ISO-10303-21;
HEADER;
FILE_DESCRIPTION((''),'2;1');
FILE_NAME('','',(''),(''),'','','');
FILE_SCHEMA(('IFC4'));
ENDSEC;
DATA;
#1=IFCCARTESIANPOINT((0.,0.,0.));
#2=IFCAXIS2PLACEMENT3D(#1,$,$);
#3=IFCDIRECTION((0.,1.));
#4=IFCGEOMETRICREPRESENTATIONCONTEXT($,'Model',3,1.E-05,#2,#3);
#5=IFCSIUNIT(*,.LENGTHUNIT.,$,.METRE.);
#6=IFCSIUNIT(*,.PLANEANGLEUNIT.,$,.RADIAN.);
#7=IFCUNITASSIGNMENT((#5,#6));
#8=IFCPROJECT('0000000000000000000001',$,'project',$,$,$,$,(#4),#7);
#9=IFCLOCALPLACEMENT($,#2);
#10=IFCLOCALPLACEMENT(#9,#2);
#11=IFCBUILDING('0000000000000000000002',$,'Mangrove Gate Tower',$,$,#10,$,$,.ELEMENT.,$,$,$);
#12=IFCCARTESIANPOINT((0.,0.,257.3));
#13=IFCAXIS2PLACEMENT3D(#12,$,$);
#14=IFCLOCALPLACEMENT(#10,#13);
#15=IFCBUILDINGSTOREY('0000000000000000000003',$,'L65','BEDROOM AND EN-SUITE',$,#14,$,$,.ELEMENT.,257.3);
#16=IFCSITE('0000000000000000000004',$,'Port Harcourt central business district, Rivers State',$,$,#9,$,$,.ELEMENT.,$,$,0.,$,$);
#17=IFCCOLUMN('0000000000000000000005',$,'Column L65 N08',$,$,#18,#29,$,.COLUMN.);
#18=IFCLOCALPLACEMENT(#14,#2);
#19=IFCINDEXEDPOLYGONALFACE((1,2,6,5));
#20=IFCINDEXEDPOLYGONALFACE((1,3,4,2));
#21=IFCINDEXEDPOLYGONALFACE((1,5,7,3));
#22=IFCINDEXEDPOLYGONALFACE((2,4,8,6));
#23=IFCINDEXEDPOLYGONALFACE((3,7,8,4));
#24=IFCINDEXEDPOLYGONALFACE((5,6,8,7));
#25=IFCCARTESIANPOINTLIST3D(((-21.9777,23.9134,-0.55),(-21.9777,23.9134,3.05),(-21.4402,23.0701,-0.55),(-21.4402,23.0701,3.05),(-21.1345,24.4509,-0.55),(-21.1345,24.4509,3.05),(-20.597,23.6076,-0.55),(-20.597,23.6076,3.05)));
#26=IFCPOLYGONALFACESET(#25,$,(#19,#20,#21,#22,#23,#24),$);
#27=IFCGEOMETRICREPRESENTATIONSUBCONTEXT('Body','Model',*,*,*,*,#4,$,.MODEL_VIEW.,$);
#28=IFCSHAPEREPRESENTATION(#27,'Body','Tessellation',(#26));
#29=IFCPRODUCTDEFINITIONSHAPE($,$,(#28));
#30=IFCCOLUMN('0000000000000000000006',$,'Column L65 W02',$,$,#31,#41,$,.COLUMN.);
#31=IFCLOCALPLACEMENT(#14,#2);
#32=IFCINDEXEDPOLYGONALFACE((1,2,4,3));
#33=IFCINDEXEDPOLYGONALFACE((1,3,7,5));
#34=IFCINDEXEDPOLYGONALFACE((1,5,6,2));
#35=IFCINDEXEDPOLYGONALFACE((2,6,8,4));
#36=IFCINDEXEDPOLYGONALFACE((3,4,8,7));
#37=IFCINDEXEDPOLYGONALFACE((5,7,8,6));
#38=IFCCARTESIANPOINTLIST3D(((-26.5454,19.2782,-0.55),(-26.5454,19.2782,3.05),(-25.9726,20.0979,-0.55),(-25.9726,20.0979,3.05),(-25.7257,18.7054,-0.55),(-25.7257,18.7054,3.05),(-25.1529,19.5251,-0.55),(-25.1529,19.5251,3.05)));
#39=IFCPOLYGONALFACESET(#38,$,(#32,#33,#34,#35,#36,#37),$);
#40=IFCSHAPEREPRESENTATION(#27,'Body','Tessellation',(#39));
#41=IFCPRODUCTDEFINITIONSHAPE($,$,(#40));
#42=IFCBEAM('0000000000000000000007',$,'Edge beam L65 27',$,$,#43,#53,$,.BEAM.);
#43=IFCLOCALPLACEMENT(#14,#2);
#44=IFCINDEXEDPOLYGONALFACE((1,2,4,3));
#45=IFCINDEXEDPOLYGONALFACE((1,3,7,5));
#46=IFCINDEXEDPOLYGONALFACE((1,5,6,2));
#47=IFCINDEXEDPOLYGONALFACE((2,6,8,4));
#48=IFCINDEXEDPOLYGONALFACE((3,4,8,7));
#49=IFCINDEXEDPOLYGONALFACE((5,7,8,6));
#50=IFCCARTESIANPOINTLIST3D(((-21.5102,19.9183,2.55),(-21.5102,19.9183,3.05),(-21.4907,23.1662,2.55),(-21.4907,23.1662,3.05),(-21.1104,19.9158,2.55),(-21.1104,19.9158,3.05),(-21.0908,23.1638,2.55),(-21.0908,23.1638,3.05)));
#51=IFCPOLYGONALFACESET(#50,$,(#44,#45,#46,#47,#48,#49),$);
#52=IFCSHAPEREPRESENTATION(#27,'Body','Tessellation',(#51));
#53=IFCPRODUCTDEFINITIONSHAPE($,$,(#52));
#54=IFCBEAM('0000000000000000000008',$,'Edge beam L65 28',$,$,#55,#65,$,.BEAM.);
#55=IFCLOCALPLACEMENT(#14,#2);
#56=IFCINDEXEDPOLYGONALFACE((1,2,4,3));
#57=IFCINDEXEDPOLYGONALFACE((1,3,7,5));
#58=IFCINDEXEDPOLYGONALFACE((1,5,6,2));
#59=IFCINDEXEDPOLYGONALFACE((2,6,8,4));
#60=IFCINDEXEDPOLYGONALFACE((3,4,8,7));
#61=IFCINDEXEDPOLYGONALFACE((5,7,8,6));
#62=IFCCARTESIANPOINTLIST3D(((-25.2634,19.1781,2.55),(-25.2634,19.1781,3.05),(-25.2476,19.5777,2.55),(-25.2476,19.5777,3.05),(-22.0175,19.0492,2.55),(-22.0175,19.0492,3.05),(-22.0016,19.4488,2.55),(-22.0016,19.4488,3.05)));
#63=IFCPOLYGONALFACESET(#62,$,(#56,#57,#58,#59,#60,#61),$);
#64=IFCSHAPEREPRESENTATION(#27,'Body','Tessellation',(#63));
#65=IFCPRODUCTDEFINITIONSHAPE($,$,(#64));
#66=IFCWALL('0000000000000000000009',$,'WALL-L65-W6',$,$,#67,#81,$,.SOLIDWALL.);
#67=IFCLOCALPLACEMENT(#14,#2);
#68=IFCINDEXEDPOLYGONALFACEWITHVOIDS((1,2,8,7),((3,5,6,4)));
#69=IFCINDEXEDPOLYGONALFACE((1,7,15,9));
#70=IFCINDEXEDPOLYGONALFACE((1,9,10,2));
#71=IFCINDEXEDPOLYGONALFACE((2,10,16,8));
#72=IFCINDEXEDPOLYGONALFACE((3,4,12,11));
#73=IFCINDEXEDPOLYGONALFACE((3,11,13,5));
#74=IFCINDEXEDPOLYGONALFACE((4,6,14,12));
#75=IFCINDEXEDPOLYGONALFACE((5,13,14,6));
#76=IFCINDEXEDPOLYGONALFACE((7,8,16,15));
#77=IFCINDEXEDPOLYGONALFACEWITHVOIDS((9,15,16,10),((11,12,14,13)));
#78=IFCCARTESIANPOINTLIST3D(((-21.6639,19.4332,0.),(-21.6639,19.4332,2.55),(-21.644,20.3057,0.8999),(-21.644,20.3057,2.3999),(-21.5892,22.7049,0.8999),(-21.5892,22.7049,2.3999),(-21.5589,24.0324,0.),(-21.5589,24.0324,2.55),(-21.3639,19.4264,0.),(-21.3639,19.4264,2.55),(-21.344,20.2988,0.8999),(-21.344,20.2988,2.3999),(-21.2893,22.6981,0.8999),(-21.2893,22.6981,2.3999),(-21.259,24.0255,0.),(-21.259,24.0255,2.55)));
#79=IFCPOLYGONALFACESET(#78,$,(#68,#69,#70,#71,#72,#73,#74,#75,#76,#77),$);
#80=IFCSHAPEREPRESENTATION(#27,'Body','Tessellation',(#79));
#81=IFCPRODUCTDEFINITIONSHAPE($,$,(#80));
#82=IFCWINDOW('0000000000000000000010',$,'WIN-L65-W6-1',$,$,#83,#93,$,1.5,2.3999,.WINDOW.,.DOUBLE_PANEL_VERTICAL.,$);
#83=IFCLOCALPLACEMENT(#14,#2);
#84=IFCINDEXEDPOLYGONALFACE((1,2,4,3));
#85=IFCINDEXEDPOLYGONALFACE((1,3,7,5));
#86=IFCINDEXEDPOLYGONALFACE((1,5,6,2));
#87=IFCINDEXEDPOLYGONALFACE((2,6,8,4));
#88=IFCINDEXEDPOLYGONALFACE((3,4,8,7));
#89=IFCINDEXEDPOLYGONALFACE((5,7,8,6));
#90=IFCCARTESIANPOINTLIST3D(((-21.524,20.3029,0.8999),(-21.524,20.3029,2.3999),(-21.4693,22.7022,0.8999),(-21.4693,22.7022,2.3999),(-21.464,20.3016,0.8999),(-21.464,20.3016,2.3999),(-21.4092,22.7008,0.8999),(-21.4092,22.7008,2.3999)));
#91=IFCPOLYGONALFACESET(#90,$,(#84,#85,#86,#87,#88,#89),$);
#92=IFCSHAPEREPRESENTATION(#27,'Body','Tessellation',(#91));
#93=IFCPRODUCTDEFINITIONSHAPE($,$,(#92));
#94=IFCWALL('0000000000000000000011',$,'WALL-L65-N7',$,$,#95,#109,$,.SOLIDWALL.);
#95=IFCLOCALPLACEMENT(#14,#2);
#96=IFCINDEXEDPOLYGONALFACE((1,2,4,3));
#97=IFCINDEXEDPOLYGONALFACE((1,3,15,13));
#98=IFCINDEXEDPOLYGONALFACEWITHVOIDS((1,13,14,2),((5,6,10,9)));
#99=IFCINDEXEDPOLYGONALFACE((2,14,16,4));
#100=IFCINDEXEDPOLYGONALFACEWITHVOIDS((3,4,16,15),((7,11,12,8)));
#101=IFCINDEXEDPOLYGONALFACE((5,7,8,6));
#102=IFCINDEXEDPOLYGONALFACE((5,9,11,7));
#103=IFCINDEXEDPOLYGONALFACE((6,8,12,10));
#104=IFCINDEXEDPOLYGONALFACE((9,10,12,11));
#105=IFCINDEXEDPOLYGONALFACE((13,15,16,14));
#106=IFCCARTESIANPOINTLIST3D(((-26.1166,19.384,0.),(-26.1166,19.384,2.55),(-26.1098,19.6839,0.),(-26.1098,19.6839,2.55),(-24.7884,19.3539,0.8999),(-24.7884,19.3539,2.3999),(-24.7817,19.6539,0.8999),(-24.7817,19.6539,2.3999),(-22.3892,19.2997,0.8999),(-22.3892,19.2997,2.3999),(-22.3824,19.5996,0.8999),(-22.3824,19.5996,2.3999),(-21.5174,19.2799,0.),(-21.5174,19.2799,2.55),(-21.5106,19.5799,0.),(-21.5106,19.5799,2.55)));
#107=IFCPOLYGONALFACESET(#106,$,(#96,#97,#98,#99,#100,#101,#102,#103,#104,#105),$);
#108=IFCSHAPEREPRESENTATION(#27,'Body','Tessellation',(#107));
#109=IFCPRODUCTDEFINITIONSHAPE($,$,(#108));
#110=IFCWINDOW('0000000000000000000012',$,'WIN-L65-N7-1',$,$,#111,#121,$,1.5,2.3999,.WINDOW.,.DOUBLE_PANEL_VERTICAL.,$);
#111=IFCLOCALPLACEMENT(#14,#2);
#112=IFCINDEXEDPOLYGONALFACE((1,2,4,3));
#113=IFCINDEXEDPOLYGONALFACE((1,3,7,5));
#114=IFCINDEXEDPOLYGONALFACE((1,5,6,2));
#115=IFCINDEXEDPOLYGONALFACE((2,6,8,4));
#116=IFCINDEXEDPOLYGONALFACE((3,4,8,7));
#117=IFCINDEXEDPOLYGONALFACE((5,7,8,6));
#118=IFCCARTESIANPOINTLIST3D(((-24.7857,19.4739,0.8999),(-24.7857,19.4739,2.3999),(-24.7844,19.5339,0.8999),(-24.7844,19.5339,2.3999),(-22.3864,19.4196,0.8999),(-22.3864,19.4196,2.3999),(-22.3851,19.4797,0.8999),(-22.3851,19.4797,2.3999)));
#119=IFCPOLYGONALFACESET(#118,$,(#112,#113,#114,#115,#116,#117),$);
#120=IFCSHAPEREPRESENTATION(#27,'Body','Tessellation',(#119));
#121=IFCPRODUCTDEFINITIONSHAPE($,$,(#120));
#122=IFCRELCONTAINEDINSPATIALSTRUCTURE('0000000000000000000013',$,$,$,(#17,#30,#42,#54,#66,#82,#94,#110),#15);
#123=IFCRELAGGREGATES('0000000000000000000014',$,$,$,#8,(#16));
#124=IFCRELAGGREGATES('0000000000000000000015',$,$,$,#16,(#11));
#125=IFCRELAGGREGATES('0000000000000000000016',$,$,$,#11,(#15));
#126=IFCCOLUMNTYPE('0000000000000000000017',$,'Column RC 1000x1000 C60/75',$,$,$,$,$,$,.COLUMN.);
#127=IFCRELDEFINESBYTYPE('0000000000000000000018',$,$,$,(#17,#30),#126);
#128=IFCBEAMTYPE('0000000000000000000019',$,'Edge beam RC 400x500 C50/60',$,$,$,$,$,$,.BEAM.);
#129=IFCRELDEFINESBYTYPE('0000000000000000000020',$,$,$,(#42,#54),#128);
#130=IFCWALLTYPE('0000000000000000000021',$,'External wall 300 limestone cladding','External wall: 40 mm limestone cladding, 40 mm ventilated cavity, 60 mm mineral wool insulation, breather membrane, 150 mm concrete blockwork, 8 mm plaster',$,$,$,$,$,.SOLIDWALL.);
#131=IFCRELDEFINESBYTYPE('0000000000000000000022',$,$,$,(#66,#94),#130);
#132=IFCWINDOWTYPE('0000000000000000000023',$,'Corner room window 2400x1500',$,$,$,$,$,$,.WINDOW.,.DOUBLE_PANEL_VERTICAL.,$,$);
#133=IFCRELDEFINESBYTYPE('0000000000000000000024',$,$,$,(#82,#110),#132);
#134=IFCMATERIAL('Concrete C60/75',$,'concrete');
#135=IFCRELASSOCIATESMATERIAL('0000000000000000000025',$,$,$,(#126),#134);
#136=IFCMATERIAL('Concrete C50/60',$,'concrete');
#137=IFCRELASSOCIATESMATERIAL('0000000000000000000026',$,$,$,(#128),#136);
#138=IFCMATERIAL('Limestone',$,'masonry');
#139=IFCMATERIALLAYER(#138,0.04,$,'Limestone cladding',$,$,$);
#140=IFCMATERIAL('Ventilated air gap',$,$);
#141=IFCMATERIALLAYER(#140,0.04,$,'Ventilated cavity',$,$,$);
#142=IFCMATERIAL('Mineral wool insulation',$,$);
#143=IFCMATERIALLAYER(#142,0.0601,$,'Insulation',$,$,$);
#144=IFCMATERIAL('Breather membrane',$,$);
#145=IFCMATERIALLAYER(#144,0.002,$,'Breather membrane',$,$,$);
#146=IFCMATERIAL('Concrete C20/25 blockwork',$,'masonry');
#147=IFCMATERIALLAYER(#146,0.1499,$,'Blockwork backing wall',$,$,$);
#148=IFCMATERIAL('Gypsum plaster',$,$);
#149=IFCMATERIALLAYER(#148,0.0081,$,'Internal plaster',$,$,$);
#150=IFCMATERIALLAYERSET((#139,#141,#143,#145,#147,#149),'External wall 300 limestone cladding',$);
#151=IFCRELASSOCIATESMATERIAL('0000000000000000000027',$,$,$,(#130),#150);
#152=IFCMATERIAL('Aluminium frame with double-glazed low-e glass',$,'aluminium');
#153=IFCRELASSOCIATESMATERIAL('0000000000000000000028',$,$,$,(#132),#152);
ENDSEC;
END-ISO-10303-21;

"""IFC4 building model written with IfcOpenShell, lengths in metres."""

from ifc_helpers import new_model, si_unit, direction, frame, frame_2d, origin, origin_2d, place, context, subcontext, project, spatial, rectangle, extrude, material, layer, layer_set, material_profile, profile_set, type_object, element, fill, save


model = new_model("IFC4")

# Units and contexts
model_context = context("Model", 3, precision=1e-05, world=origin(), true_north=direction((0.0, 1.0)))
body_context = subcontext(model_context, "Body", "Model", "MODEL_VIEW")
ifc_project = project(units=[si_unit("LENGTHUNIT", "METRE"), si_unit("PLANEANGLEUNIT", "RADIAN")], contexts=[model_context])

# Site, building, storey
site_placement = place(None, origin())
site = spatial("IfcSite", under=ifc_project, at=site_placement, Name="Port Harcourt central business district, Rivers State", CompositionType="ELEMENT", RefElevation=0.0)
building_placement = place(site_placement, origin())
building = spatial("IfcBuilding", under=site, at=building_placement, Name="Mangrove Gate Tower", CompositionType="ELEMENT")
storey_placement = place(building_placement, frame((0.0, 0.0, 257.3)))
storey = spatial("IfcBuildingStorey", under=building, at=storey_placement, Name="L65", Description="BEDROOM AND EN-SUITE", CompositionType="ELEMENT", Elevation=257.3)

# Columns
ifc_material_1 = material(Name="Concrete C60/75", Category="concrete")
ifc_material_profile_1 = material_profile(ifc_material_1, rectangle(XDim=1.0, YDim=1.0, at=origin_2d()))
ifc_profile_set_1 = profile_set([ifc_material_profile_1], Name="Concrete C60/75")
column_type = type_object("IfcColumnType", Name="Column RC 1000x1000 C60/75", PredefinedType="COLUMN", material=ifc_profile_set_1)
for number, where, z_axis, x_axis, name in (
    (1, (-21.2874, 23.7605, -0.55), (0.0, 0.0, 1.0), (-0.843248, -0.537525, 0.0), "Column L65 N08"),
    (2, (-25.8491, 19.4016, -0.55), (0.0, 0.0, 1.0), (-0.572799, -0.819696, 0.0), "Column L65 W02"),
):
    element("IfcColumn", number, at=place(storey_placement, frame(where, z_axis=z_axis, x_axis=x_axis)), inside=storey, type_object=column_type, Name=name, PredefinedType="COLUMN", context=body_context, shape_type="SweptSolid", body=[
        extrude(rectangle(XDim=1.0, YDim=1.0, at=origin_2d()), origin(), (0.0, 0.0, 1.0), 3.6001),
    ])

# Beams
ifc_material_2 = material(Name="Concrete C50/60", Category="concrete")
ifc_material_profile_2 = material_profile(ifc_material_2, rectangle(XDim=0.3999, YDim=0.5, at=origin_2d()))
ifc_profile_set_2 = profile_set([ifc_material_profile_2], Name="Concrete C50/60")
beam_type = type_object("IfcBeamType", Name="Edge beam RC 400x500 C50/60", PredefinedType="BEAM", material=ifc_profile_set_2)
beam_1_placement = place(storey_placement, frame((-21.2908, 23.165, 2.8), z_axis=(-0.006013, -0.999982, 0.0), x_axis=(0.999982, -0.006013, 0.0)))
element("IfcBeam", 3, at=beam_1_placement, inside=storey, type_object=beam_type, Name="Edge beam L65 27", PredefinedType="BEAM", context=body_context, shape_type="SweptSolid", body=[
    extrude(rectangle(XDim=0.3999, YDim=0.5, at=origin_2d()), origin(), (0.0, 0.0, 1.0), 3.248),
])
beam_2_placement = place(storey_placement, frame((-22.0095, 19.249, 2.8), z_axis=(-0.999212, 0.03968, 0.0), x_axis=(-0.03968, -0.999212, 0.0)))
element("IfcBeam", 4, at=beam_2_placement, inside=storey, type_object=beam_type, Name="Edge beam L65 28", PredefinedType="BEAM", context=body_context, shape_type="SweptSolid", body=[
    extrude(rectangle(XDim=0.3999, YDim=0.5, at=origin_2d()), origin(), (0.0, 0.0, 1.0), 3.2485),
])

# Walls, openings, windows
ifc_material_3 = material(Name="Limestone", Category="masonry")
ifc_layer_1 = layer(ifc_material_3, 0.04, Name="Limestone cladding")
ifc_material_4 = material(Name="Ventilated air gap")
ifc_layer_2 = layer(ifc_material_4, 0.04, Name="Ventilated cavity")
ifc_material_5 = material(Name="Mineral wool insulation")
ifc_layer_3 = layer(ifc_material_5, 0.0601, Name="Insulation")
ifc_material_6 = material(Name="Breather membrane")
ifc_layer_4 = layer(ifc_material_6, 0.002, Name="Breather membrane")
ifc_material_7 = material(Name="Concrete C20/25 blockwork", Category="masonry")
ifc_layer_5 = layer(ifc_material_7, 0.1499, Name="Blockwork backing wall")
ifc_material_8 = material(Name="Gypsum plaster")
ifc_layer_6 = layer(ifc_material_8, 0.0081, Name="Internal plaster")
ifc_layer_set = layer_set([ifc_layer_1, ifc_layer_2, ifc_layer_3, ifc_layer_4, ifc_layer_5, ifc_layer_6], Name="External wall 300 limestone cladding")
wall_type = type_object("IfcWallType", Name="External wall 300 limestone cladding", Description="External wall: 40 mm limestone cladding, 40 mm ventilated cavity, 60 mm mineral wool insulation, breather membrane, 150 mm concrete blockwork, 8 mm plaster", PredefinedType="SOLIDWALL", material=ifc_layer_set)
wall_1_placement = place(storey_placement, frame((-21.4089, 24.0291, 0.0), z_axis=(0.0, 0.0, 1.0), x_axis=(-0.02282, -0.99974, 0.0)))
wall_1 = element("IfcWall", 5, at=wall_1_placement, inside=storey, type_object=wall_type, Name="WALL-L65-W6", PredefinedType="SOLIDWALL", context=body_context, shape_type="SweptSolid", body=[
    extrude(rectangle(XDim=4.6003, YDim=0.3, at=frame_2d((2.3003, 0.0))), origin(), (0.0, 0.0, 1.0), 2.55),
])
opening_1_placement = place(wall_1_placement, frame((1.3279, 0.0, 0.8999)))
opening_1 = element("IfcOpeningElement", 6, at=opening_1_placement, cuts=wall_1, PredefinedType="OPENING", context=body_context, shape_type="SweptSolid", body=[
    extrude(rectangle(XDim=2.3999, YDim=1.5, at=frame_2d((1.2, 0.75))), frame((0.0, 0.1599, 0.0), z_axis=(0.0, -1.0, 0.0), x_axis=(1.0, 0.0, 0.0)), (0.0, 0.0, 1.0), 0.3201),
])
ifc_material_9 = material(Name="Aluminium frame with double-glazed low-e glass", Category="aluminium")
window_type = type_object("IfcWindowType", Name="Corner room window 2400x1500", PartitioningType="DOUBLE_PANEL_VERTICAL", PredefinedType="WINDOW", material=ifc_material_9)
window_1_placement = place(opening_1_placement, origin())
window_1 = element("IfcWindow", 7, at=window_1_placement, inside=storey, type_object=window_type, Name="WIN-L65-W6-1", OverallHeight=1.5, OverallWidth=2.3999, PartitioningType="DOUBLE_PANEL_VERTICAL", PredefinedType="WINDOW", context=body_context, shape_type="SweptSolid", body=[
    extrude(rectangle(XDim=2.3999, YDim=1.5, at=frame_2d((1.2, 0.75))), frame((0.0, 0.03, 0.0), z_axis=(0.0, -1.0, 0.0), x_axis=(1.0, 0.0, 0.0)), (0.0, 0.0, 1.0), 0.0601),
])
fill(opening_1, window_1)
wall_2_placement = place(storey_placement, frame((-21.5139, 19.4299, 0.0), z_axis=(0.0, 0.0, 1.0), x_axis=(-0.999744, 0.022608, 0.0)))
wall_2 = element("IfcWall", 8, at=wall_2_placement, inside=storey, type_object=wall_type, Name="WALL-L65-N7", PredefinedType="SOLIDWALL", context=body_context, shape_type="SweptSolid", body=[
    extrude(rectangle(XDim=4.6003, YDim=0.3, at=frame_2d((2.3003, 0.0))), origin(), (0.0, 0.0, 1.0), 2.55),
])
opening_2_placement = place(wall_2_placement, frame((0.8721, 0.0, 0.8999)))
opening_2 = element("IfcOpeningElement", 9, at=opening_2_placement, cuts=wall_2, PredefinedType="OPENING", context=body_context, shape_type="SweptSolid", body=[
    extrude(rectangle(XDim=2.3999, YDim=1.5, at=frame_2d((1.2, 0.75))), frame((0.0, 0.1599, 0.0), z_axis=(0.0, -1.0, 0.0), x_axis=(1.0, 0.0, 0.0)), (0.0, 0.0, 1.0), 0.3201),
])
window_2_placement = place(opening_2_placement, origin())
window_2 = element("IfcWindow", 10, at=window_2_placement, inside=storey, type_object=window_type, Name="WIN-L65-N7-1", OverallHeight=1.5, OverallWidth=2.3999, PartitioningType="DOUBLE_PANEL_VERTICAL", PredefinedType="WINDOW", context=body_context, shape_type="SweptSolid", body=[
    extrude(rectangle(XDim=2.3999, YDim=1.5, at=frame_2d((1.2, 0.75))), frame((0.0, 0.03, 0.0), z_axis=(0.0, -1.0, 0.0), x_axis=(1.0, 0.0, 0.0)), (0.0, 0.0, 1.0), 0.0601),
])
fill(opening_2, window_2)

save(model, "model.ifc")
